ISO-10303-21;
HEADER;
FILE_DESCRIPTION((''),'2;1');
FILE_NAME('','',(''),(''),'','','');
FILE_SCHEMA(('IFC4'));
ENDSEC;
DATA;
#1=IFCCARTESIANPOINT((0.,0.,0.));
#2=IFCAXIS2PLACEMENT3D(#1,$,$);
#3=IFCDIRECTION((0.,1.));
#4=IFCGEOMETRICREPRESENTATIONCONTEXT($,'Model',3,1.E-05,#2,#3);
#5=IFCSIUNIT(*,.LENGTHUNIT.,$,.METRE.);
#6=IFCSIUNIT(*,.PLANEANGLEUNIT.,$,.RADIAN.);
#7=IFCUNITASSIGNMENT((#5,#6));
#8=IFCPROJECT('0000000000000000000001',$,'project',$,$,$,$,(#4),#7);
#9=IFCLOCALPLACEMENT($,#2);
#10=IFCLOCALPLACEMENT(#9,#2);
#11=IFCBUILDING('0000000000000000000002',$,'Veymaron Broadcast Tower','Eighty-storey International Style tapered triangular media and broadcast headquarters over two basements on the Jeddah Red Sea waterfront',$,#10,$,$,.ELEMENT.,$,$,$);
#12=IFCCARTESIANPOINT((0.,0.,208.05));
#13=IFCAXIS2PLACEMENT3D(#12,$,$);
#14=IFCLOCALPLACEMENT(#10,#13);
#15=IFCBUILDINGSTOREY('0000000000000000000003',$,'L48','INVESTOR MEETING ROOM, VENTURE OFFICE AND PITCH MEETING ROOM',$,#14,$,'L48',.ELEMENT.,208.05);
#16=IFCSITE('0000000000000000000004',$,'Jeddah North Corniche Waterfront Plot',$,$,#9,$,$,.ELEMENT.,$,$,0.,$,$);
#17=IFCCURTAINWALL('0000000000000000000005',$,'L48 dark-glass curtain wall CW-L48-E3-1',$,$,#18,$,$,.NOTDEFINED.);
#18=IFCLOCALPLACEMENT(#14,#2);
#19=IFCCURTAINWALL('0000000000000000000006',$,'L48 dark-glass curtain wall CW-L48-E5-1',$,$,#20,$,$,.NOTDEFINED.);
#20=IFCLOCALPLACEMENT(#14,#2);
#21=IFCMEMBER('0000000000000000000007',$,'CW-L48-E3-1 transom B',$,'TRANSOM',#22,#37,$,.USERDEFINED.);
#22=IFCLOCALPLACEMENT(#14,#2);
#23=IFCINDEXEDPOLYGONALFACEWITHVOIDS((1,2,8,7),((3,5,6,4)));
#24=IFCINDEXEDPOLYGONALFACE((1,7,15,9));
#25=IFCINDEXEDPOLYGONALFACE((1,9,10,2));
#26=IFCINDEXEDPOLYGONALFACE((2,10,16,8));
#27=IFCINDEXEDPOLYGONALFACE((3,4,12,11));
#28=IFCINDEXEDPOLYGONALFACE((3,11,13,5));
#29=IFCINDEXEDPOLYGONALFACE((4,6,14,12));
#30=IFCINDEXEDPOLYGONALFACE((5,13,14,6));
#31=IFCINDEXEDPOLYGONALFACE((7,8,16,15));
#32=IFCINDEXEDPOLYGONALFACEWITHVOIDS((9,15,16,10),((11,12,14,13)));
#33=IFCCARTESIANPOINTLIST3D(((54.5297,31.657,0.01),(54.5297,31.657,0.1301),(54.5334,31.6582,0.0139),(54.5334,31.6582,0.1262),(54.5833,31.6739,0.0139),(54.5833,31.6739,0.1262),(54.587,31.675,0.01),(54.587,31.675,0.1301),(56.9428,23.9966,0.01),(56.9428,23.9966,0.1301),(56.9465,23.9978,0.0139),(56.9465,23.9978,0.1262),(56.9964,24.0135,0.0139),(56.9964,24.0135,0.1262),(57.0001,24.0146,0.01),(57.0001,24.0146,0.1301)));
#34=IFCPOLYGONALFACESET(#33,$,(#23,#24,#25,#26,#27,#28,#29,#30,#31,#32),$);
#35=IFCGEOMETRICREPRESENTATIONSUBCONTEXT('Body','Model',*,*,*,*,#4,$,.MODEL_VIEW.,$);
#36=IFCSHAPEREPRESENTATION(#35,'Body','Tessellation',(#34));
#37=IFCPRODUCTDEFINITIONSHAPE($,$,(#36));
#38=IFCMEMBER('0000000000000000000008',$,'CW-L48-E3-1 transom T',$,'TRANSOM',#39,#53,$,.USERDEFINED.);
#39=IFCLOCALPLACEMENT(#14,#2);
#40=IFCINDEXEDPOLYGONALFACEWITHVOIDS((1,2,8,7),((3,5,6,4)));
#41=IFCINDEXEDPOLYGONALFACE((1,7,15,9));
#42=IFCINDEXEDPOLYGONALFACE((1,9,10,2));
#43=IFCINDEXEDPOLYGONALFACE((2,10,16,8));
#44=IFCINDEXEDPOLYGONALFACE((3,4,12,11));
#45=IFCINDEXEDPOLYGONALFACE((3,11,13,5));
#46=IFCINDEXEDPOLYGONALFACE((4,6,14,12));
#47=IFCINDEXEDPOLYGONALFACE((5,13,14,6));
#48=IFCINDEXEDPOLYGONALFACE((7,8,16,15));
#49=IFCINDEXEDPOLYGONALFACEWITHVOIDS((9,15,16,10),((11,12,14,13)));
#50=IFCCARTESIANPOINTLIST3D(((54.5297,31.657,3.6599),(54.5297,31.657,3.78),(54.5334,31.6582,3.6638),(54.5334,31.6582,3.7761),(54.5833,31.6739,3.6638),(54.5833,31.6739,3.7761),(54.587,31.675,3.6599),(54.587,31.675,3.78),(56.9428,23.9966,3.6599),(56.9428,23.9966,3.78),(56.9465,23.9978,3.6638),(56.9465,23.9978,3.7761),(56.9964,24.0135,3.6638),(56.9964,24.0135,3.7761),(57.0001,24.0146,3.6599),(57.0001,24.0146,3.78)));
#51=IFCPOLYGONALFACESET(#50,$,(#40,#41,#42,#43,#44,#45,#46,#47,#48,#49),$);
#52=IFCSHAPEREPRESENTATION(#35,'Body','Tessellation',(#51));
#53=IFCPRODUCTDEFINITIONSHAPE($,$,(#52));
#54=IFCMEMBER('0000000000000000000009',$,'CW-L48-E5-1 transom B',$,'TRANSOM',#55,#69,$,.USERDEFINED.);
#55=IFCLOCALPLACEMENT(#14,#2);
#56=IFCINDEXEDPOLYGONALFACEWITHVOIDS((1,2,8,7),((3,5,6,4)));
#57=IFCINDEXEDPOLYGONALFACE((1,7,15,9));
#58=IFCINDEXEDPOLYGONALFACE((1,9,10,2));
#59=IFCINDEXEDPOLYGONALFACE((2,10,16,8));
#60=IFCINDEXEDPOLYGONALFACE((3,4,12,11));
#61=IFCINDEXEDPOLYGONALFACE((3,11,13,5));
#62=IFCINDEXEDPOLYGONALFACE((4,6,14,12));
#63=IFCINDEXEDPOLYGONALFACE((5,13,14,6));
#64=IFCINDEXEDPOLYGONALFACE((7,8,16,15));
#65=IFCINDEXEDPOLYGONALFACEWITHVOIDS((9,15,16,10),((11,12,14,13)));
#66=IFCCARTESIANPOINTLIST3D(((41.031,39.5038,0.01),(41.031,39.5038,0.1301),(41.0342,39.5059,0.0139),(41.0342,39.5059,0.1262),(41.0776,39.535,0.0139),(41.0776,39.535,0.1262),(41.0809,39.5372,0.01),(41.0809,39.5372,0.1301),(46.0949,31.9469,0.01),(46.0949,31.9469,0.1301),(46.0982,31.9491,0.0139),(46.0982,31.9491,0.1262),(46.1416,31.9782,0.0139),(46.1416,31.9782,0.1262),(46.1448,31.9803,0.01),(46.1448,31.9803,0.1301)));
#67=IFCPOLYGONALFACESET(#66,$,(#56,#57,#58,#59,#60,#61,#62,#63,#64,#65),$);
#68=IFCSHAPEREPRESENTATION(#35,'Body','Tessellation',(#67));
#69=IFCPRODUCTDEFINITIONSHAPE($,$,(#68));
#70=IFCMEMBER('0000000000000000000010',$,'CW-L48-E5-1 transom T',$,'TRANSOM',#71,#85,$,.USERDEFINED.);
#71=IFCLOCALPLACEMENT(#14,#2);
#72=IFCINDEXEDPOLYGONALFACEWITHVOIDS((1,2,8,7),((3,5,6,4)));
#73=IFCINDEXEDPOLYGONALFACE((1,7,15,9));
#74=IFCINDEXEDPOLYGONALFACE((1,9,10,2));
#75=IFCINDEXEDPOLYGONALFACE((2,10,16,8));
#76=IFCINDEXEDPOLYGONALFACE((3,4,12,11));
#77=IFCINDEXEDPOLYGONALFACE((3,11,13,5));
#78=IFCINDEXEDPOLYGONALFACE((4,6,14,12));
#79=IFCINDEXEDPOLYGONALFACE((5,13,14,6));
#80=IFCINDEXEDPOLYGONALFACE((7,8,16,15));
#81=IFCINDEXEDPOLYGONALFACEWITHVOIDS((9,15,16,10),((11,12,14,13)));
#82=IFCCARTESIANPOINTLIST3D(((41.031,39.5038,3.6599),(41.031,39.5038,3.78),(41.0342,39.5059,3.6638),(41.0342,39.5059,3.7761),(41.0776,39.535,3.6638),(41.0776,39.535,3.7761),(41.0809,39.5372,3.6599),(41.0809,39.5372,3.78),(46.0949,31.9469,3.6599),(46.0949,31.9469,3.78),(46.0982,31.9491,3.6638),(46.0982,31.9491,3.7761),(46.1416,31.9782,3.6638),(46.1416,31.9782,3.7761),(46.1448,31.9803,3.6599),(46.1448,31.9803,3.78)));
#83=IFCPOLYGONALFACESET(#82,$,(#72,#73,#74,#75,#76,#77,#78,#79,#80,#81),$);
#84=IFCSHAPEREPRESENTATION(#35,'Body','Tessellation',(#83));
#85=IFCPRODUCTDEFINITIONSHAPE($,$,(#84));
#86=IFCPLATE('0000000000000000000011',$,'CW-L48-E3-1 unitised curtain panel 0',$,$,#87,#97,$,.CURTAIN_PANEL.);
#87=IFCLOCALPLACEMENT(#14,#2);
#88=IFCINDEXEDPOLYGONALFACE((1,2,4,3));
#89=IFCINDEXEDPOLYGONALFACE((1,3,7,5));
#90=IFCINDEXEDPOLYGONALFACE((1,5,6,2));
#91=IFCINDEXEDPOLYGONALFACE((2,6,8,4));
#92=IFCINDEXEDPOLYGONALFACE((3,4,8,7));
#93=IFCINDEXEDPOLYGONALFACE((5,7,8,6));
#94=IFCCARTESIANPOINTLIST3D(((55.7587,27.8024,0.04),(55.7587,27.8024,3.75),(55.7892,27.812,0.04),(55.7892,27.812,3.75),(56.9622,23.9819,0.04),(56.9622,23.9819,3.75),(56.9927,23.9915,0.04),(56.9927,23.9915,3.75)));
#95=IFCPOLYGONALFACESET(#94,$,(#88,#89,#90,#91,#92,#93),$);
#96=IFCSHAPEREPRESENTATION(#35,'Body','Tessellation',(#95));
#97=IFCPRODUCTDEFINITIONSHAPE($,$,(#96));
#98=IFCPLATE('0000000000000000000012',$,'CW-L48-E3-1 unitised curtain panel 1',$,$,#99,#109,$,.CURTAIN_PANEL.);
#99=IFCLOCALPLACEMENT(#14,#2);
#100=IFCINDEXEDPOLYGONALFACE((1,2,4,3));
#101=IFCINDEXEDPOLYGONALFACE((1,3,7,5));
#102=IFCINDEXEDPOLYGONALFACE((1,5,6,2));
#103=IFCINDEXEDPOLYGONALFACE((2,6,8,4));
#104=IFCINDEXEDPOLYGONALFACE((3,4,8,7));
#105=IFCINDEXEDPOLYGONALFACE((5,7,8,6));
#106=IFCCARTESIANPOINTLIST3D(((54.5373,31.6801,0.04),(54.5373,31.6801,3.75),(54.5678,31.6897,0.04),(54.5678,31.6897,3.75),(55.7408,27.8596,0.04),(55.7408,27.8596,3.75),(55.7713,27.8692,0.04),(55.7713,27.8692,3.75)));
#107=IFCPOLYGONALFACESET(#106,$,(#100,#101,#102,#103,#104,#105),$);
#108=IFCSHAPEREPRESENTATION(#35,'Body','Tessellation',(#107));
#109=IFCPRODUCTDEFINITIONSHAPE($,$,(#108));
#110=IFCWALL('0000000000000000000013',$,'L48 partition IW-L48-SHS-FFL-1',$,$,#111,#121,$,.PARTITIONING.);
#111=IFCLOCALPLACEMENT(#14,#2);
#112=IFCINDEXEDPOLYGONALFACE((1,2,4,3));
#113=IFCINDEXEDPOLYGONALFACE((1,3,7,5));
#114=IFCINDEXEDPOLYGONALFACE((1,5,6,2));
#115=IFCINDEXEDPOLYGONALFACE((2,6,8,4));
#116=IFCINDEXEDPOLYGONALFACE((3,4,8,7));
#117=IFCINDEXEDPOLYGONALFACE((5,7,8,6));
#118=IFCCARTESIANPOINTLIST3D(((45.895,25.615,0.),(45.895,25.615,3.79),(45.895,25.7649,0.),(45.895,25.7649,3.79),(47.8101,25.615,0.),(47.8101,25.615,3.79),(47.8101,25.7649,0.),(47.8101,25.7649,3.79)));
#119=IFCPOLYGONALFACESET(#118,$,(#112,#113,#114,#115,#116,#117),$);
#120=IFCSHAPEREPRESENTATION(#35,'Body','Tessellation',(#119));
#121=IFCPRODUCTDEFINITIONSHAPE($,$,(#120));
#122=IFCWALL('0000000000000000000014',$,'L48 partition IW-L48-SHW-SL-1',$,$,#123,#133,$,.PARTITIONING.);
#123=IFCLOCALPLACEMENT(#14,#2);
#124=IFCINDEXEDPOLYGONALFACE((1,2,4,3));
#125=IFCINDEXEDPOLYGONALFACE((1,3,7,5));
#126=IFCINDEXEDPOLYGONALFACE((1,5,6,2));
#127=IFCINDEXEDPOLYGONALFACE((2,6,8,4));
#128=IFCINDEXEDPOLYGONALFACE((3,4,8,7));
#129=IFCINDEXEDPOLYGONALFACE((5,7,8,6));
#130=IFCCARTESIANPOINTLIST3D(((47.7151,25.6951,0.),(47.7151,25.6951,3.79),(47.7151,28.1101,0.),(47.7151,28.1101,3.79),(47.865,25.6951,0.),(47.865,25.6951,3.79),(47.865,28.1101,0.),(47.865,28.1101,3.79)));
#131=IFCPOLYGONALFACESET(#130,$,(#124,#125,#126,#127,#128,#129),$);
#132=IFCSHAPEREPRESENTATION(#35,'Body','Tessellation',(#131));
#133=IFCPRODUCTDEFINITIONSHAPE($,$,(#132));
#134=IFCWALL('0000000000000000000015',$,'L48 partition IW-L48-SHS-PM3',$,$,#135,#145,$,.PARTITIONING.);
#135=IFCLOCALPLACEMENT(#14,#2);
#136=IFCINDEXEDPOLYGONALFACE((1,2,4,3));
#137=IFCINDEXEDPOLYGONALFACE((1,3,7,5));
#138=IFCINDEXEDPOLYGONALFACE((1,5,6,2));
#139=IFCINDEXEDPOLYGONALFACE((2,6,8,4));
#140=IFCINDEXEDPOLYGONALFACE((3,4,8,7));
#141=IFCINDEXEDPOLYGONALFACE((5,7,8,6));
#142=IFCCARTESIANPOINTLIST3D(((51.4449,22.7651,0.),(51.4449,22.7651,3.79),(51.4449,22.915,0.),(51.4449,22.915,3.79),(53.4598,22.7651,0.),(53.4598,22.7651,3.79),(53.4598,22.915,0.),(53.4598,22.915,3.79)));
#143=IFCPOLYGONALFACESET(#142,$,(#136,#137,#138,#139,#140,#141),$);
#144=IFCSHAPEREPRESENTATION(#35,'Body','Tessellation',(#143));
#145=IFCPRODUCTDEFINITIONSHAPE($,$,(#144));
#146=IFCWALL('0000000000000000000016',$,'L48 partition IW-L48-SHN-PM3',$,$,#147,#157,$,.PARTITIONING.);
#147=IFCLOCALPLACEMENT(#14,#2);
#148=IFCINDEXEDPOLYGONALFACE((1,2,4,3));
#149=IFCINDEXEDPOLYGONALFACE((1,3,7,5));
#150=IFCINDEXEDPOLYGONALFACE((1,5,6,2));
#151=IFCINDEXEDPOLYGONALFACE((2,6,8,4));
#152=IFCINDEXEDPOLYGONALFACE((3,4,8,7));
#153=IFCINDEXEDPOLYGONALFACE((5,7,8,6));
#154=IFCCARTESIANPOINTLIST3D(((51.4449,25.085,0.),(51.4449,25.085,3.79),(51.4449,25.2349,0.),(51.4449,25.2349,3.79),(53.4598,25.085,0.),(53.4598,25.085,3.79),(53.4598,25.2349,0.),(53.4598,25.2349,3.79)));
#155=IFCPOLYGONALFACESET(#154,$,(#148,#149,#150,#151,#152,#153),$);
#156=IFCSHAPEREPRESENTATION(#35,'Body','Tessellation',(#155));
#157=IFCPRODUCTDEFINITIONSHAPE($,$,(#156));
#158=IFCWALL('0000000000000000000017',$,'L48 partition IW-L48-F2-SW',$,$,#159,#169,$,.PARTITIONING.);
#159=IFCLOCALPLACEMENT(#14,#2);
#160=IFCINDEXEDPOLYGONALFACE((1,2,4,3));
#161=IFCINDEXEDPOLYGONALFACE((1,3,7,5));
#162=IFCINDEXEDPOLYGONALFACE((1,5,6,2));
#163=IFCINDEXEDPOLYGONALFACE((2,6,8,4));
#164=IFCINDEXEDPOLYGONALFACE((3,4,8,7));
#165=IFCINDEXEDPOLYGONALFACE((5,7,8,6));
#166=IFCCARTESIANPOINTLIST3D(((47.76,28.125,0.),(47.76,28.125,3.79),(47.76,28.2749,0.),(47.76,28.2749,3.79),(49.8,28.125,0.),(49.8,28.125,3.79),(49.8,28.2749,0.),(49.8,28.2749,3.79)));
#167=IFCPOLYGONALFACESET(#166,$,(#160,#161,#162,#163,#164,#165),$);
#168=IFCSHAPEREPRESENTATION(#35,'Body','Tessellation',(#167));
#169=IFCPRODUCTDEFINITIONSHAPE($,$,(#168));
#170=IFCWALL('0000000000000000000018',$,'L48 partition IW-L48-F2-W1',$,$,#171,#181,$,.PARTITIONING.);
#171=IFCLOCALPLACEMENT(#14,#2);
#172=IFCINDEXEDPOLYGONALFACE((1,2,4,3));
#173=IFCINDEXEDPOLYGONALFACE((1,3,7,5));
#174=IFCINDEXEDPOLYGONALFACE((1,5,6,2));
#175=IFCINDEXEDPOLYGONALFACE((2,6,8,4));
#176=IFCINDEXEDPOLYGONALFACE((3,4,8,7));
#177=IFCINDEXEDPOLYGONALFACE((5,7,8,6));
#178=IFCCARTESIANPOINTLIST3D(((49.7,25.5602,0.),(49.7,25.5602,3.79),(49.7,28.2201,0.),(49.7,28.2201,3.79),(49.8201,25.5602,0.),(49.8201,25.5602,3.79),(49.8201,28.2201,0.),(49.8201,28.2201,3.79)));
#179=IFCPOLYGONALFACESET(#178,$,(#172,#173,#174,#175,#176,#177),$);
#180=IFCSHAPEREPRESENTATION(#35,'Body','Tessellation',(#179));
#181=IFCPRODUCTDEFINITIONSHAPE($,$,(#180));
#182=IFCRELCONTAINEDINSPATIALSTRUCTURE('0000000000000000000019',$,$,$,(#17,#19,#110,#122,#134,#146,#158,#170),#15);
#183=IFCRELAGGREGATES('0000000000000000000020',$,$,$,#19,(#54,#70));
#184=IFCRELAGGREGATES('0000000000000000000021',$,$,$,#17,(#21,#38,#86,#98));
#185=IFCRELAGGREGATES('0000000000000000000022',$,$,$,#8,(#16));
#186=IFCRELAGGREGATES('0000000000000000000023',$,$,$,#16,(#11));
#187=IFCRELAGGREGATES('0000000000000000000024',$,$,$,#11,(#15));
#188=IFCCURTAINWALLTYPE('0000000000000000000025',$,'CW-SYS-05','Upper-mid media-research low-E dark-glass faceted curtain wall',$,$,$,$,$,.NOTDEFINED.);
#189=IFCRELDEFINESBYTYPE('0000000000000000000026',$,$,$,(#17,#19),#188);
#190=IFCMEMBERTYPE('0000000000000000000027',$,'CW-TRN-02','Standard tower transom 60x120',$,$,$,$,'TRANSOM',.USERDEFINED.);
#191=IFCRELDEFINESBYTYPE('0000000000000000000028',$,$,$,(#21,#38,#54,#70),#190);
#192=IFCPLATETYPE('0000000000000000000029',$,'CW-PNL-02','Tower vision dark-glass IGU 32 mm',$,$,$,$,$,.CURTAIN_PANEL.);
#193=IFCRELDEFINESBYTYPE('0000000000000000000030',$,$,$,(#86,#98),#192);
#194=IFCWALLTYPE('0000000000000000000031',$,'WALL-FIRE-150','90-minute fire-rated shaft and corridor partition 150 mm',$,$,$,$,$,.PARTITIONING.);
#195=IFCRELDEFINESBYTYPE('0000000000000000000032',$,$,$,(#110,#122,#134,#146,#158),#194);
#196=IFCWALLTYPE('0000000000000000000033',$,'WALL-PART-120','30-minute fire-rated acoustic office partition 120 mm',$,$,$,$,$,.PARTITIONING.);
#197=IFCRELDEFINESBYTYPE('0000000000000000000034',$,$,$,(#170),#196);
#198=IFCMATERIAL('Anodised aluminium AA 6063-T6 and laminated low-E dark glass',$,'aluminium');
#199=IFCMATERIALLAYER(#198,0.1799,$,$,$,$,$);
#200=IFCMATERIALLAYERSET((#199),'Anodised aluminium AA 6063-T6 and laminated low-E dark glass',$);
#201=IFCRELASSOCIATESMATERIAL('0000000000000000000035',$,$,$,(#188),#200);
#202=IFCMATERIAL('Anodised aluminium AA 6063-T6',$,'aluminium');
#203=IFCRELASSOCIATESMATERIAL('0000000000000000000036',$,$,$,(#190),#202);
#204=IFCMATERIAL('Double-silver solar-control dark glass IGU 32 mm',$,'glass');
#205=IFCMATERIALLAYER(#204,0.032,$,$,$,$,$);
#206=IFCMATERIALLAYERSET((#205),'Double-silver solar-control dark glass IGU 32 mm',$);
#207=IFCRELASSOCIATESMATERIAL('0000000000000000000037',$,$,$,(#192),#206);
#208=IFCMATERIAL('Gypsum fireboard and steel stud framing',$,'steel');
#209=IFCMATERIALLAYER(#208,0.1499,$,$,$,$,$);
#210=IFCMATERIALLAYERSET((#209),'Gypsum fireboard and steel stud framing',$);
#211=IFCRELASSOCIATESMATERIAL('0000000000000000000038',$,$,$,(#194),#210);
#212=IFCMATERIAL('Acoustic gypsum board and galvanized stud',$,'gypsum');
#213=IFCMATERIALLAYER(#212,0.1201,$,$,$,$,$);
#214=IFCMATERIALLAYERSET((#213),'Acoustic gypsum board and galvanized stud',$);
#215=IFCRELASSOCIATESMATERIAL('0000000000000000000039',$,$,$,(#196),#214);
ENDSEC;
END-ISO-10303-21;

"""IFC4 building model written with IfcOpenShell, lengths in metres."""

from ifc_helpers import new_model, si_unit, direction, frame, frame_2d, origin, origin_2d, place, context, subcontext, project, spatial, rectangle, hollow_rectangle, extrude, material, layer, layer_set, material_profile, profile_set, type_object, element, aggregate, save


model = new_model("IFC4")

# Units and contexts
model_context = context("Model", 3, precision=1e-05, world=origin(), true_north=direction((0.0, 1.0)))
body_context = subcontext(model_context, "Body", "Model", "MODEL_VIEW")
ifc_project = project(units=[si_unit("LENGTHUNIT", "METRE"), si_unit("PLANEANGLEUNIT", "RADIAN")], contexts=[model_context])

# Site, building, storey
site_placement = place(None, origin())
site = spatial("IfcSite", under=ifc_project, at=site_placement, Name="Jeddah North Corniche Waterfront Plot", CompositionType="ELEMENT", RefElevation=0.0)
building_placement = place(site_placement, origin())
building = spatial("IfcBuilding", under=site, at=building_placement, Name="Veymaron Broadcast Tower", Description="Eighty-storey International Style tapered triangular media and broadcast headquarters over two basements on the Jeddah Red Sea waterfront", CompositionType="ELEMENT")
storey_placement = place(building_placement, frame((0.0, 0.0, 208.05)))
storey = spatial("IfcBuildingStorey", under=building, at=storey_placement, Name="L48", Description="INVESTOR MEETING ROOM, VENTURE OFFICE AND PITCH MEETING ROOM", LongName="L48", CompositionType="ELEMENT", Elevation=208.05)

# Shared definitions
ifc_material_1 = material(Name="Anodised aluminium AA 6063-T6 and laminated low-E dark glass", Category="aluminium")
ifc_layer_1 = layer(ifc_material_1, 0.1799)
ifc_layer_set_1 = layer_set([ifc_layer_1], Name="Anodised aluminium AA 6063-T6 and laminated low-E dark glass")
curtain_wall_type = type_object("IfcCurtainWallType", Name="CW-SYS-05", Description="Upper-mid media-research low-E dark-glass faceted curtain wall", PredefinedType="NOTDEFINED", material=ifc_layer_set_1)
ifc_material_2 = material(Name="Anodised aluminium AA 6063-T6", Category="aluminium")

# Curtain wall
curtain_wall_1_placement = place(storey_placement, origin())
curtain_wall_1 = element("IfcCurtainWall", 1, at=curtain_wall_1_placement, inside=storey, type_object=curtain_wall_type, Name="L48 dark-glass curtain wall CW-L48-E3-1", PredefinedType="NOTDEFINED")

# Curtain wall
curtain_wall_2_placement = place(storey_placement, origin())
curtain_wall_2 = element("IfcCurtainWall", 2, at=curtain_wall_2_placement, inside=storey, type_object=curtain_wall_type, Name="L48 dark-glass curtain wall CW-L48-E5-1", PredefinedType="NOTDEFINED")

# Members
ifc_material_profile_1 = material_profile(ifc_material_2, hollow_rectangle(XDim=0.0601, YDim=0.1201, WallThickness=0.0039, at=origin_2d()), Name="AL120X60X4")
ifc_profile_set_1 = profile_set([ifc_material_profile_1], Name="Anodised aluminium AA 6063-T6")
member_type_1 = type_object("IfcMemberType", Name="CW-TRN-02", Description="Standard tower transom 60x120", ElementType="TRANSOM", PredefinedType="USERDEFINED", material=ifc_profile_set_1)
member_1_placement = place(storey_placement, frame((56.9714, 24.0056, 0.0701), z_axis=(-0.300453, 0.953797, 0.0), x_axis=(-0.953797, -0.300453, 0.0)))
member_1 = element("IfcMember", 3, at=member_1_placement, type_object=member_type_1, Name="CW-L48-E3-1 transom B", ObjectType="TRANSOM", PredefinedType="USERDEFINED", context=body_context, shape_type="SweptSolid", body=[
    extrude(hollow_rectangle(XDim=0.0601, YDim=0.1201, WallThickness=0.0039, at=origin_2d()), origin(), (0.0, 0.0, 1.0), 8.0315),
])
member_2_placement = place(storey_placement, frame((56.9714, 24.0056, 3.72), z_axis=(-0.300453, 0.953797, 0.0), x_axis=(-0.953797, -0.300453, 0.0)))
member_2 = element("IfcMember", 4, at=member_2_placement, type_object=member_type_1, Name="CW-L48-E3-1 transom T", ObjectType="TRANSOM", PredefinedType="USERDEFINED", context=body_context, shape_type="SweptSolid", body=[
    extrude(hollow_rectangle(XDim=0.0601, YDim=0.1201, WallThickness=0.0039, at=origin_2d()), origin(), (0.0, 0.0, 1.0), 8.0315),
])
member_3_placement = place(storey_placement, frame((46.1199, 31.9636, 0.0701), z_axis=(-0.556681, 0.830727, 0.0), x_axis=(-0.830727, -0.556681, 0.0)))
member_3 = element("IfcMember", 5, at=member_3_placement, type_object=member_type_1, Name="CW-L48-E5-1 transom B", ObjectType="TRANSOM", PredefinedType="USERDEFINED", context=body_context, shape_type="SweptSolid", body=[
    extrude(hollow_rectangle(XDim=0.0601, YDim=0.1201, WallThickness=0.0039, at=origin_2d()), origin(), (0.0, 0.0, 1.0), 9.0967),
])
member_4_placement = place(storey_placement, frame((46.1199, 31.9636, 3.72), z_axis=(-0.556681, 0.830727, 0.0), x_axis=(-0.830727, -0.556681, 0.0)))
member_4 = element("IfcMember", 6, at=member_4_placement, type_object=member_type_1, Name="CW-L48-E5-1 transom T", ObjectType="TRANSOM", PredefinedType="USERDEFINED", context=body_context, shape_type="SweptSolid", body=[
    extrude(hollow_rectangle(XDim=0.0601, YDim=0.1201, WallThickness=0.0039, at=origin_2d()), origin(), (0.0, 0.0, 1.0), 9.0967),
])
aggregate(curtain_wall_2, [member_3, member_4])

# Plates
ifc_material_3 = material(Name="Double-silver solar-control dark glass IGU 32 mm", Category="glass")
ifc_layer_2 = layer(ifc_material_3, 0.032)
ifc_layer_set_2 = layer_set([ifc_layer_2], Name="Double-silver solar-control dark glass IGU 32 mm")
plate_type = type_object("IfcPlateType", Name="CW-PNL-02", Description="Tower vision dark-glass IGU 32 mm", PredefinedType="CURTAIN_PANEL", material=ifc_layer_set_2)
plate_1_placement = place(storey_placement, frame((56.3757, 25.897, 0.04), z_axis=(0.0, 0.0, 1.0), x_axis=(-0.300456, 0.953796, 0.0)))
plate_1 = element("IfcPlate", 7, at=plate_1_placement, type_object=plate_type, Name="CW-L48-E3-1 unitised curtain panel 0", PredefinedType="CURTAIN_PANEL", context=body_context, shape_type="SweptSolid", body=[
    extrude(rectangle(XDim=4.0056, YDim=0.032, at=origin_2d()), origin(), (0.0, 0.0, 1.0), 3.71),
])
plate_2_placement = place(storey_placement, frame((55.1543, 29.7747, 0.04), z_axis=(0.0, 0.0, 1.0), x_axis=(-0.300456, 0.953796, 0.0)))
plate_2 = element("IfcPlate", 8, at=plate_2_placement, type_object=plate_type, Name="CW-L48-E3-1 unitised curtain panel 1", PredefinedType="CURTAIN_PANEL", context=body_context, shape_type="SweptSolid", body=[
    extrude(rectangle(XDim=4.0056, YDim=0.032, at=origin_2d()), origin(), (0.0, 0.0, 1.0), 3.71),
])
aggregate(curtain_wall_1, [member_1, member_2, plate_1, plate_2])

# Wall
ifc_material_4 = material(Name="Gypsum fireboard and steel stud framing", Category="steel")
ifc_layer_3 = layer(ifc_material_4, 0.1499)
ifc_layer_set_3 = layer_set([ifc_layer_3], Name="Gypsum fireboard and steel stud framing")
wall_type_1 = type_object("IfcWallType", Name="WALL-FIRE-150", Description="90-minute fire-rated shaft and corridor partition 150 mm", PredefinedType="PARTITIONING", material=ifc_layer_set_3)
wall_1_placement = place(storey_placement, frame((45.895, 25.6899, 0.0), z_axis=(0.0, 0.0, 1.0), x_axis=(1.0, 0.0, 0.0)))
element("IfcWall", 9, at=wall_1_placement, inside=storey, type_object=wall_type_1, Name="L48 partition IW-L48-SHS-FFL-1", PredefinedType="PARTITIONING", context=body_context, shape_type="SweptSolid", body=[
    extrude(rectangle(XDim=1.915, YDim=0.1499, at=frame_2d((0.9575, 0.0))), origin(), (0.0, 0.0, 1.0), 3.79),
])

# Walls
wall_2_placement = place(storey_placement, frame((47.79, 25.6951, 0.0), z_axis=(0.0, 0.0, 1.0), x_axis=(0.0, 1.0, 0.0)))
element("IfcWall", 10, at=wall_2_placement, inside=storey, type_object=wall_type_1, Name="L48 partition IW-L48-SHW-SL-1", PredefinedType="PARTITIONING", context=body_context, shape_type="SweptSolid", body=[
    extrude(rectangle(XDim=2.415, YDim=0.1499, at=frame_2d((1.2075, 0.0))), origin(), (0.0, 0.0, 1.0), 3.79),
])
for number, where, z_axis, x_axis, name in (
    (11, (51.4451, 22.8401, 0.0), (0.0, 0.0, 1.0), (1.0, 0.0, 0.0), "L48 partition IW-L48-SHS-PM3"),
    (12, (51.4451, 25.1599, 0.0), (0.0, 0.0, 1.0), (1.0, 0.0, 0.0), "L48 partition IW-L48-SHN-PM3"),
):
    element("IfcWall", number, at=place(storey_placement, frame(where, z_axis=z_axis, x_axis=x_axis)), inside=storey, type_object=wall_type_1, Name=name, PredefinedType="PARTITIONING", context=body_context, shape_type="SweptSolid", body=[
        extrude(rectangle(XDim=2.0149, YDim=0.1499, at=frame_2d((1.0073, 0.0))), origin(), (0.0, 0.0, 1.0), 3.79),
    ])
wall_3_placement = place(storey_placement, frame((47.76, 28.2, 0.0), z_axis=(0.0, 0.0, 1.0), x_axis=(1.0, 0.0, 0.0)))
element("IfcWall", 13, at=wall_3_placement, inside=storey, type_object=wall_type_1, Name="L48 partition IW-L48-F2-SW", PredefinedType="PARTITIONING", context=body_context, shape_type="SweptSolid", body=[
    extrude(rectangle(XDim=2.04, YDim=0.1499, at=frame_2d((1.02, 0.0))), origin(), (0.0, 0.0, 1.0), 3.79),
])
ifc_material_5 = material(Name="Acoustic gypsum board and galvanized stud", Category="gypsum")
ifc_layer_4 = layer(ifc_material_5, 0.1201)
ifc_layer_set_4 = layer_set([ifc_layer_4], Name="Acoustic gypsum board and galvanized stud")
wall_type_2 = type_object("IfcWallType", Name="WALL-PART-120", Description="30-minute fire-rated acoustic office partition 120 mm", PredefinedType="PARTITIONING", material=ifc_layer_set_4)
wall_4_placement = place(storey_placement, frame((49.76, 25.5601, 0.0), z_axis=(0.0, 0.0, 1.0), x_axis=(0.0, 1.0, 0.0)))
element("IfcWall", 14, at=wall_4_placement, inside=storey, type_object=wall_type_2, Name="L48 partition IW-L48-F2-W1", PredefinedType="PARTITIONING", context=body_context, shape_type="SweptSolid", body=[
    extrude(rectangle(XDim=2.6599, YDim=0.1201, at=frame_2d((1.3301, 0.0))), origin(), (0.0, 0.0, 1.0), 3.79),
])

save(model, "model.ifc")
